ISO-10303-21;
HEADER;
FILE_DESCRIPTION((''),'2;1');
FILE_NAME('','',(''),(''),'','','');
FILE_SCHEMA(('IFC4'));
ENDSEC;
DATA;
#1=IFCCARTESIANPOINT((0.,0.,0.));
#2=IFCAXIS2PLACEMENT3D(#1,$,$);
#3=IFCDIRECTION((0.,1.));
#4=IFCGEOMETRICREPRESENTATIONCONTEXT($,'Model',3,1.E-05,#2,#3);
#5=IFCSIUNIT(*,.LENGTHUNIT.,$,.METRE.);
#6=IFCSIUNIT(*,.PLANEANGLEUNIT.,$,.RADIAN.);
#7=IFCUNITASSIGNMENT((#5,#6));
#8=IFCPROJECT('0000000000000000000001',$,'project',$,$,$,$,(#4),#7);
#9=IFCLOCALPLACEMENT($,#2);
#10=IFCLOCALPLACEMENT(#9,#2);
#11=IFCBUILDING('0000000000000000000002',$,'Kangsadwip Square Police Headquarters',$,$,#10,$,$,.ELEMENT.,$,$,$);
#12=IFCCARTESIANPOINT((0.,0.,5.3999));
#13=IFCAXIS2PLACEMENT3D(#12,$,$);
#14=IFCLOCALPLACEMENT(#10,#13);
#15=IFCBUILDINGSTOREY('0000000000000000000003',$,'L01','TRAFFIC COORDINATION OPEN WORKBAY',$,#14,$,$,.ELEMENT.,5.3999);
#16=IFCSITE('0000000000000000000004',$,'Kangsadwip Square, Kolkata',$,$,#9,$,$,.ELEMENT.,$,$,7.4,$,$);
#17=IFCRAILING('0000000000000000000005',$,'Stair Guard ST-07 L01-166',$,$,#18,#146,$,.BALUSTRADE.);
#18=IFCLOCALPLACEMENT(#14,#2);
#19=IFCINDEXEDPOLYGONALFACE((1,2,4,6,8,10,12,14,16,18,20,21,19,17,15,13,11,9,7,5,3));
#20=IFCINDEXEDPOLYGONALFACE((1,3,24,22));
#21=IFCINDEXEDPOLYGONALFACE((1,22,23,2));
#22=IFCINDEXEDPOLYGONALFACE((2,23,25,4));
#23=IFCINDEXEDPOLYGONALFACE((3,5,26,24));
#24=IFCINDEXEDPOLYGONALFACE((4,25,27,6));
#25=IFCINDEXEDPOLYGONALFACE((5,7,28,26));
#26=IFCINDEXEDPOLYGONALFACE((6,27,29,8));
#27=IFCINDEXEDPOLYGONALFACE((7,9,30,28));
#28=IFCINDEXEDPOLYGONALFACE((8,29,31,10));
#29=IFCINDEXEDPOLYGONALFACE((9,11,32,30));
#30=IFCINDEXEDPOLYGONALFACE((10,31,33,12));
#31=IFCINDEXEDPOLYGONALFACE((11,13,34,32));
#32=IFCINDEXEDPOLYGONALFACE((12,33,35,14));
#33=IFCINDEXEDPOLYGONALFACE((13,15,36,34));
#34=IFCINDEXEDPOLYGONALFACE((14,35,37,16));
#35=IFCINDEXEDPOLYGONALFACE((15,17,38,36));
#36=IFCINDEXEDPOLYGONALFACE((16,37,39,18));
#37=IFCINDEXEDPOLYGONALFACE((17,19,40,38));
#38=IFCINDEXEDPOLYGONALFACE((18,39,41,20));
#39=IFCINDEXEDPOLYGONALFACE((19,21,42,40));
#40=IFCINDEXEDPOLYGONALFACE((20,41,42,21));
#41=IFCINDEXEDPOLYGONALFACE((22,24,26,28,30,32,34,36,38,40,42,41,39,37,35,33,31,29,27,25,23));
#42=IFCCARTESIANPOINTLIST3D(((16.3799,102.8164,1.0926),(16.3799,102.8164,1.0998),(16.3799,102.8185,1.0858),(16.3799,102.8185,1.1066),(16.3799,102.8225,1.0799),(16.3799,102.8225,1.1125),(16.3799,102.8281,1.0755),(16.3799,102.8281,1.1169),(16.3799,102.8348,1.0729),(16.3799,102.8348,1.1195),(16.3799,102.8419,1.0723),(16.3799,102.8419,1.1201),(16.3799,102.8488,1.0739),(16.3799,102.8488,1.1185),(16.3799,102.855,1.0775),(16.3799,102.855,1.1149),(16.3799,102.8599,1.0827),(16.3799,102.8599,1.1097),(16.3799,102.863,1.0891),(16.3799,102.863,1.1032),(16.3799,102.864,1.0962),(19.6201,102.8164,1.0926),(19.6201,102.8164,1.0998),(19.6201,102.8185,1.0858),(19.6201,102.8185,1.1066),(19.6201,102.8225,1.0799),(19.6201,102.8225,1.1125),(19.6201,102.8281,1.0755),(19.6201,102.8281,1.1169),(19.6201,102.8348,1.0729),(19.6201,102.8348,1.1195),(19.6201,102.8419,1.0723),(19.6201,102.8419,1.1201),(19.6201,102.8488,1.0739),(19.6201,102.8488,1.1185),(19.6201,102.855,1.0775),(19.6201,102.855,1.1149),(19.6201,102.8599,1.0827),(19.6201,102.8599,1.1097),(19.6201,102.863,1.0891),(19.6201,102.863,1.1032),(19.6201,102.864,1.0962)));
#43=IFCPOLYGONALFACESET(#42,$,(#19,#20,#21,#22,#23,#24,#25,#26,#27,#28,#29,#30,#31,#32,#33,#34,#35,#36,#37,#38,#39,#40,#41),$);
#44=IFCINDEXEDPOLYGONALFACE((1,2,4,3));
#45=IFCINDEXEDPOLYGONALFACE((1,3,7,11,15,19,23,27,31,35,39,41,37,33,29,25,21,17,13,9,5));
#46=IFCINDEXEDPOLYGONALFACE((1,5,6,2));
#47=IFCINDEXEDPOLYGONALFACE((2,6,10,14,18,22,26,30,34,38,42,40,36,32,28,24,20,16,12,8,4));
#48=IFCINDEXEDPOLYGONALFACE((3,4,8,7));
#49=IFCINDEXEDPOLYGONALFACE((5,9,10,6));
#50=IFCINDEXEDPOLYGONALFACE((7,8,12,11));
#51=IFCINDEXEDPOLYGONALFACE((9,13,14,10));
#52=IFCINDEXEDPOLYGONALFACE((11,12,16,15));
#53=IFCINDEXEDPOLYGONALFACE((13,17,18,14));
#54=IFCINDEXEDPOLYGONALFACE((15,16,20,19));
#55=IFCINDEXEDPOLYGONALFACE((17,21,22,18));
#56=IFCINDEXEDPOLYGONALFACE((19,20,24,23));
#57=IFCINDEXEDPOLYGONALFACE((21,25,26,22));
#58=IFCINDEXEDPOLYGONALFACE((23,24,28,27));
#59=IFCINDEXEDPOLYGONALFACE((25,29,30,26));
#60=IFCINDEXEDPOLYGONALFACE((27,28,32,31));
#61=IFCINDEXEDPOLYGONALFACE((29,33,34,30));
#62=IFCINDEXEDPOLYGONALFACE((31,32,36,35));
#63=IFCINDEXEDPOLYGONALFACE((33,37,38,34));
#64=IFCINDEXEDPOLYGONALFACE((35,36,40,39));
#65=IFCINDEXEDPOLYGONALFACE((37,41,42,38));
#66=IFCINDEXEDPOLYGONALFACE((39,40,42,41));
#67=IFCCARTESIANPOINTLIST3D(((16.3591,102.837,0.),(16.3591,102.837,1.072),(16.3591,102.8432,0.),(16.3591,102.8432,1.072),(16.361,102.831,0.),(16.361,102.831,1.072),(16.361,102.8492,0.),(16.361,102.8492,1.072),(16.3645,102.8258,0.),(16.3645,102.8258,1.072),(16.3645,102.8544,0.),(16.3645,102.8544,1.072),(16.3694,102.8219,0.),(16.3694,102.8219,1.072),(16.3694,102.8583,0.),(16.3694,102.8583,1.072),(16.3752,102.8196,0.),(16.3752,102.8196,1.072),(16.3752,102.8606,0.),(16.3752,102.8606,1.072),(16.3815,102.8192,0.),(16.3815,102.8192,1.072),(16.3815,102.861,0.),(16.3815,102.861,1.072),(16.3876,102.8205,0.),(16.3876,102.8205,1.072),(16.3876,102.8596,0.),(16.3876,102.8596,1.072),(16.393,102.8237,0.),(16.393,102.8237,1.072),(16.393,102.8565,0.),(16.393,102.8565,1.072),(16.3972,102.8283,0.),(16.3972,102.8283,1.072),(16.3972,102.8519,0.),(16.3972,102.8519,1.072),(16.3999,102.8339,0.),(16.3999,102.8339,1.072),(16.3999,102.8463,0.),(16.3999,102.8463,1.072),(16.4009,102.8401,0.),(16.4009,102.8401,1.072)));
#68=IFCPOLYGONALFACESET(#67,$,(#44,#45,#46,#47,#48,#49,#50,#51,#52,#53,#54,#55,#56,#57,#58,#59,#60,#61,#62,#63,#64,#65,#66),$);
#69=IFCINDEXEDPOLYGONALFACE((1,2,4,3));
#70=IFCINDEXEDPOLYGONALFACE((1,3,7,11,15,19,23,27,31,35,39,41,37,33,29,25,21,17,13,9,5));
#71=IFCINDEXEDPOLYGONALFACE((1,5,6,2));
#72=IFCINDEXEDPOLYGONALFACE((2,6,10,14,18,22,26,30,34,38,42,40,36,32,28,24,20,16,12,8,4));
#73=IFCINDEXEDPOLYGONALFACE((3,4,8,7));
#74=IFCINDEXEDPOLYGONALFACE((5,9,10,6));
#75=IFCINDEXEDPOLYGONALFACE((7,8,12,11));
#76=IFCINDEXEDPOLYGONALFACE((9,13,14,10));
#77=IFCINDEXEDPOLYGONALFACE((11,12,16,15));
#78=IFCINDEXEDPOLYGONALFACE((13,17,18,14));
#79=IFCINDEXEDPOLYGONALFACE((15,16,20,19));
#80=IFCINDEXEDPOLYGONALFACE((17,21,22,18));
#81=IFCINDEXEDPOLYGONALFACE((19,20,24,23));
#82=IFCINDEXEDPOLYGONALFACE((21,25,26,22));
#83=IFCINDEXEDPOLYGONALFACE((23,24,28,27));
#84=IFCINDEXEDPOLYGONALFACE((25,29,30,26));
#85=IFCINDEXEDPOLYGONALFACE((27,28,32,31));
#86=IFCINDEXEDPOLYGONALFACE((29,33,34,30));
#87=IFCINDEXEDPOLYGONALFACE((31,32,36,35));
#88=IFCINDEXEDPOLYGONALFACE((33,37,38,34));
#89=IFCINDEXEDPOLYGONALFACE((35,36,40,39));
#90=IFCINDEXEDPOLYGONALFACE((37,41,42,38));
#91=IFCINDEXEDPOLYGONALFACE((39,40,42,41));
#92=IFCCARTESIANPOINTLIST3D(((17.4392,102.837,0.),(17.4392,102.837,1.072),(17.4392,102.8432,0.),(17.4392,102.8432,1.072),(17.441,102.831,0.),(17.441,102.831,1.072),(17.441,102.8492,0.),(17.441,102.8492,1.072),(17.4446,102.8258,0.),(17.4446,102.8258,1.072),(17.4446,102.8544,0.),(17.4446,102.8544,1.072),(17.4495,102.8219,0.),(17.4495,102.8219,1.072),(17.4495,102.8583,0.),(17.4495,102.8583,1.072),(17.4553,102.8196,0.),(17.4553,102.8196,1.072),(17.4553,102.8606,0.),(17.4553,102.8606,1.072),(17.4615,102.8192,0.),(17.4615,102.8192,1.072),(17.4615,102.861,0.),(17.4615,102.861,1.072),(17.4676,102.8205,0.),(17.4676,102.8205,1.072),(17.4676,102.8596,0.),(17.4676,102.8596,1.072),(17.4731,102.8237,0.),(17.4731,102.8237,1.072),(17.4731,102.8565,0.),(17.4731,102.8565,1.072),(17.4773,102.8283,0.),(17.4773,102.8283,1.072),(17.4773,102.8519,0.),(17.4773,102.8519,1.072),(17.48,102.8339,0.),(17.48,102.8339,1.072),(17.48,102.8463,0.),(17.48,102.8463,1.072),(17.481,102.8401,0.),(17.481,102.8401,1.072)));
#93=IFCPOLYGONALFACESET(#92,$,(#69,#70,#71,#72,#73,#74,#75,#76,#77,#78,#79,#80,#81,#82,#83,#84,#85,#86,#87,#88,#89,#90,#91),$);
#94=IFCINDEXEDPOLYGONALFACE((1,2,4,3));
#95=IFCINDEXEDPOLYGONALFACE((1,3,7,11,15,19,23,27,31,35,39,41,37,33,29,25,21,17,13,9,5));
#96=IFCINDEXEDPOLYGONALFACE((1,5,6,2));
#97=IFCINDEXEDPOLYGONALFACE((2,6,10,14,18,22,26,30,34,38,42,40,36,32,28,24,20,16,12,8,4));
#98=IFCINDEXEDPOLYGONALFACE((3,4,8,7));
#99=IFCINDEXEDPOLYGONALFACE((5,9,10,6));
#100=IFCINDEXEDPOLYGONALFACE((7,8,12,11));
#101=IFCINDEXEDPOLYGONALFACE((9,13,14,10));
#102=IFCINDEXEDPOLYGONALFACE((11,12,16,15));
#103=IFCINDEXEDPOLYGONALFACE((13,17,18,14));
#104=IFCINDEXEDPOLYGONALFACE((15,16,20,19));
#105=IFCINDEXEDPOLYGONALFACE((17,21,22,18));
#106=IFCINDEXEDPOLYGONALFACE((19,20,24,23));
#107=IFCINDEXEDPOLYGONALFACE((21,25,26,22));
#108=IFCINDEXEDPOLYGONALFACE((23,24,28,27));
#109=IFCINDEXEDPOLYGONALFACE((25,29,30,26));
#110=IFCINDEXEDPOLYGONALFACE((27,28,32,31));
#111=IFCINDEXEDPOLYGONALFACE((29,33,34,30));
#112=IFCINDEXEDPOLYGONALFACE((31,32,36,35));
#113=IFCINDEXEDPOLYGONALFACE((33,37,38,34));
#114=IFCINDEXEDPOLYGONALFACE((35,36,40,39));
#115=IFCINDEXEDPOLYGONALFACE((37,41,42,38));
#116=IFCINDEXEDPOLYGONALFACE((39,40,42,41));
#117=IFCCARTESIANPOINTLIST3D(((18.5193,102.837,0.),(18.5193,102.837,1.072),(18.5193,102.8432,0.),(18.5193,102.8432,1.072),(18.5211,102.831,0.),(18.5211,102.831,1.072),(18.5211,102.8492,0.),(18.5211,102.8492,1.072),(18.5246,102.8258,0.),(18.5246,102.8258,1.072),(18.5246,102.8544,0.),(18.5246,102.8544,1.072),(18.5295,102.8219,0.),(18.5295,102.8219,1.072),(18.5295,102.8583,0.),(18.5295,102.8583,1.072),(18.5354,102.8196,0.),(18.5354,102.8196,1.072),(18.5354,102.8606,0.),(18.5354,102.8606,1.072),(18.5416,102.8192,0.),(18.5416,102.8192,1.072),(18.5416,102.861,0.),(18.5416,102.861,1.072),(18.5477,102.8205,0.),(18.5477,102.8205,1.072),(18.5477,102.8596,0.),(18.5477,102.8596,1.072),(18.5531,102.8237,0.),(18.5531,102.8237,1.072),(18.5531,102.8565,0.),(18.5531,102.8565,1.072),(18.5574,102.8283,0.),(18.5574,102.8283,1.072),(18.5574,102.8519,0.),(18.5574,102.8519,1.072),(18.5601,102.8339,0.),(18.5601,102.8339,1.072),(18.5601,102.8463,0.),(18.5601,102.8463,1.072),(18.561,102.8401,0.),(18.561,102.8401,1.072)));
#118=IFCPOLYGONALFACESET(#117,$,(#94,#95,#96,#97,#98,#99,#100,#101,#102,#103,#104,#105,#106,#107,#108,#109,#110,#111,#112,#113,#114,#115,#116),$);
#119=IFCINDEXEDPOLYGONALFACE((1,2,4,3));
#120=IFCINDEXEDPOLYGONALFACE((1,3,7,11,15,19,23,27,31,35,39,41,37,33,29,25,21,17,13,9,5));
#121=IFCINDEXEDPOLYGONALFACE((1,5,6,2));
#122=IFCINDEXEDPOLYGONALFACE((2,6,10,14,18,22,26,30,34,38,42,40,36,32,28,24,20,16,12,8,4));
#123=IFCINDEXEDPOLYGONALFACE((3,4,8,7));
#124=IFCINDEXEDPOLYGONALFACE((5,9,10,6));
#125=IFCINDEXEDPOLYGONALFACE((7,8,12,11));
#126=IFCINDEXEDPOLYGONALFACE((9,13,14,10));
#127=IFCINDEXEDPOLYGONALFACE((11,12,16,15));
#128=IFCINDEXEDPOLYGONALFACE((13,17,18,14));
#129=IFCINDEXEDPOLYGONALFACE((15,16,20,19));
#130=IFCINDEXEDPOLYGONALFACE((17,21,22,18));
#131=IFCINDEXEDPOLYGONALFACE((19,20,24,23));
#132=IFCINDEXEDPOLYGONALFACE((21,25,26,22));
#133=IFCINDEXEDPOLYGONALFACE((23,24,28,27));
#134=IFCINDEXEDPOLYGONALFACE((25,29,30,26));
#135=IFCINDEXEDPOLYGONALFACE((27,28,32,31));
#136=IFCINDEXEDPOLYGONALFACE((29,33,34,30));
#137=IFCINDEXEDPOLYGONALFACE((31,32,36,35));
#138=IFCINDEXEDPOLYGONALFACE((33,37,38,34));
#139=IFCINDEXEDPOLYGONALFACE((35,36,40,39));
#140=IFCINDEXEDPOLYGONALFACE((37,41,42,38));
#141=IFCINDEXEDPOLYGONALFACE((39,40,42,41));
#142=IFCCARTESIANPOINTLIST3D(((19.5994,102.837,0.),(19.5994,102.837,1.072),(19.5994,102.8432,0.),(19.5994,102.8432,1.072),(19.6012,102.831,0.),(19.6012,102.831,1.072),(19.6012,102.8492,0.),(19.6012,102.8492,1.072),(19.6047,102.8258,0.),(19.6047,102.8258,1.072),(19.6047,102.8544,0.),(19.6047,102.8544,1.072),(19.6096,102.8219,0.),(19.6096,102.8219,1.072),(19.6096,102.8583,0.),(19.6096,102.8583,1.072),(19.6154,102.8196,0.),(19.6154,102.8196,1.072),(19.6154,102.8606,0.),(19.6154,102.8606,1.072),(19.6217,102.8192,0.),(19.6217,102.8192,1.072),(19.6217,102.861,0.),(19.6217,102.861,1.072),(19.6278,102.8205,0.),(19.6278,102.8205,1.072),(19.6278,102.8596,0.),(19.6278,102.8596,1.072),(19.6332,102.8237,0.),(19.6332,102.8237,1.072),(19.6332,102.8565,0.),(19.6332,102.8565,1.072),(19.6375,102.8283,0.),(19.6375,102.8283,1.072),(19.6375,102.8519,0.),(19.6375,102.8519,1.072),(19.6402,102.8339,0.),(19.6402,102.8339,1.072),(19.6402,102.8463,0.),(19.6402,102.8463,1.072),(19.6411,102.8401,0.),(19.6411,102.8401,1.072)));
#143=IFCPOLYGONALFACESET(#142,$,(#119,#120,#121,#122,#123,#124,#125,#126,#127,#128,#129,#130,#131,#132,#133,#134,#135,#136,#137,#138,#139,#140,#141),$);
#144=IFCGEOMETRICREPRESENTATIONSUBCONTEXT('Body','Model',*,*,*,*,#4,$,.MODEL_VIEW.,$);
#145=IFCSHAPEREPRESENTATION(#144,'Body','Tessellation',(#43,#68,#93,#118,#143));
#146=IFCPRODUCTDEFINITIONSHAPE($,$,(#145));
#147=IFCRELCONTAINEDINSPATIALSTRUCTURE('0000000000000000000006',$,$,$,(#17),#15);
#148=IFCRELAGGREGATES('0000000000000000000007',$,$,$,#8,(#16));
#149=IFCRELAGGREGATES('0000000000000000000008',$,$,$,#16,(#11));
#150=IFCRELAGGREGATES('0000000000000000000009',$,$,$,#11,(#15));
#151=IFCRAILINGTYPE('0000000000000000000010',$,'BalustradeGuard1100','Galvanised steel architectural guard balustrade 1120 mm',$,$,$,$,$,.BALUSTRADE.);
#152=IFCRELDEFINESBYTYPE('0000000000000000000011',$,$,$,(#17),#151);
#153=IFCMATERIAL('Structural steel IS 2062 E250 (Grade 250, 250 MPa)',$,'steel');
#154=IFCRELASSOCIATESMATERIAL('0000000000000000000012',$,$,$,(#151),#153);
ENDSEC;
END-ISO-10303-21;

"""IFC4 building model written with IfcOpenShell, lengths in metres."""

from ifc_helpers import new_model, si_unit, direction, frame, origin, origin_2d, place, context, subcontext, project, spatial, circle, extrude, material, type_object, element, save


model = new_model("IFC4")

# Units and contexts
model_context = context("Model", 3, precision=1e-05, world=origin(), true_north=direction((0.0, 1.0)))
body_context = subcontext(model_context, "Body", "Model", "MODEL_VIEW")
ifc_project = project(units=[si_unit("LENGTHUNIT", "METRE"), si_unit("PLANEANGLEUNIT", "RADIAN")], contexts=[model_context])

# Site, building, storey
site_placement = place(None, origin())
site = spatial("IfcSite", under=ifc_project, at=site_placement, Name="Kangsadwip Square, Kolkata", CompositionType="ELEMENT", RefElevation=7.4)
building_placement = place(site_placement, origin())
building = spatial("IfcBuilding", under=site, at=building_placement, Name="Kangsadwip Square Police Headquarters", CompositionType="ELEMENT")
storey_placement = place(building_placement, frame((0.0, 0.0, 5.3999)))
storey = spatial("IfcBuildingStorey", under=building, at=storey_placement, Name="L01", Description="TRAFFIC COORDINATION OPEN WORKBAY", CompositionType="ELEMENT", Elevation=5.3999)

# Railing
ifc_material_1 = material(Name="Structural steel IS 2062 E250 (Grade 250, 250 MPa)", Category="steel")
railing_type_1 = type_object("IfcRailingType", Name="BalustradeGuard1100", Description="Galvanised steel architectural guard balustrade 1120 mm", PredefinedType="BALUSTRADE", material=ifc_material_1)
for number, where, name in (
    (1, (16.3799, 102.8401, 0.0), "Stair Guard ST-07 L01-166"),
):
    element("IfcRailing", number, at=place(storey_placement, frame(where)), inside=storey, type_object=railing_type_1, Name=name, PredefinedType="BALUSTRADE", context=body_context, shape_type="SweptSolid", body=[
        extrude(circle(Radius=0.0239, at=origin_2d()), frame((0.0, 0.0, 1.0962), z_axis=(1.0, 0.0, 0.0), x_axis=(0.0, 1.0, 0.0)), (0.0, 0.0, 1.0), 3.2402),
        extrude(circle(Radius=0.021, at=origin_2d()), origin(), (0.0, 0.0, 1.0), 1.072),
        extrude(circle(Radius=0.021, at=origin_2d()), frame((1.0801, 0.0, 0.0)), (0.0, 0.0, 1.0), 1.072),
        extrude(circle(Radius=0.021, at=origin_2d()), frame((2.1602, 0.0, 0.0)), (0.0, 0.0, 1.0), 1.072),
        extrude(circle(Radius=0.021, at=origin_2d()), frame((3.2402, 0.0, 0.0)), (0.0, 0.0, 1.0), 1.072),
    ])

save(model, "model.ifc")
